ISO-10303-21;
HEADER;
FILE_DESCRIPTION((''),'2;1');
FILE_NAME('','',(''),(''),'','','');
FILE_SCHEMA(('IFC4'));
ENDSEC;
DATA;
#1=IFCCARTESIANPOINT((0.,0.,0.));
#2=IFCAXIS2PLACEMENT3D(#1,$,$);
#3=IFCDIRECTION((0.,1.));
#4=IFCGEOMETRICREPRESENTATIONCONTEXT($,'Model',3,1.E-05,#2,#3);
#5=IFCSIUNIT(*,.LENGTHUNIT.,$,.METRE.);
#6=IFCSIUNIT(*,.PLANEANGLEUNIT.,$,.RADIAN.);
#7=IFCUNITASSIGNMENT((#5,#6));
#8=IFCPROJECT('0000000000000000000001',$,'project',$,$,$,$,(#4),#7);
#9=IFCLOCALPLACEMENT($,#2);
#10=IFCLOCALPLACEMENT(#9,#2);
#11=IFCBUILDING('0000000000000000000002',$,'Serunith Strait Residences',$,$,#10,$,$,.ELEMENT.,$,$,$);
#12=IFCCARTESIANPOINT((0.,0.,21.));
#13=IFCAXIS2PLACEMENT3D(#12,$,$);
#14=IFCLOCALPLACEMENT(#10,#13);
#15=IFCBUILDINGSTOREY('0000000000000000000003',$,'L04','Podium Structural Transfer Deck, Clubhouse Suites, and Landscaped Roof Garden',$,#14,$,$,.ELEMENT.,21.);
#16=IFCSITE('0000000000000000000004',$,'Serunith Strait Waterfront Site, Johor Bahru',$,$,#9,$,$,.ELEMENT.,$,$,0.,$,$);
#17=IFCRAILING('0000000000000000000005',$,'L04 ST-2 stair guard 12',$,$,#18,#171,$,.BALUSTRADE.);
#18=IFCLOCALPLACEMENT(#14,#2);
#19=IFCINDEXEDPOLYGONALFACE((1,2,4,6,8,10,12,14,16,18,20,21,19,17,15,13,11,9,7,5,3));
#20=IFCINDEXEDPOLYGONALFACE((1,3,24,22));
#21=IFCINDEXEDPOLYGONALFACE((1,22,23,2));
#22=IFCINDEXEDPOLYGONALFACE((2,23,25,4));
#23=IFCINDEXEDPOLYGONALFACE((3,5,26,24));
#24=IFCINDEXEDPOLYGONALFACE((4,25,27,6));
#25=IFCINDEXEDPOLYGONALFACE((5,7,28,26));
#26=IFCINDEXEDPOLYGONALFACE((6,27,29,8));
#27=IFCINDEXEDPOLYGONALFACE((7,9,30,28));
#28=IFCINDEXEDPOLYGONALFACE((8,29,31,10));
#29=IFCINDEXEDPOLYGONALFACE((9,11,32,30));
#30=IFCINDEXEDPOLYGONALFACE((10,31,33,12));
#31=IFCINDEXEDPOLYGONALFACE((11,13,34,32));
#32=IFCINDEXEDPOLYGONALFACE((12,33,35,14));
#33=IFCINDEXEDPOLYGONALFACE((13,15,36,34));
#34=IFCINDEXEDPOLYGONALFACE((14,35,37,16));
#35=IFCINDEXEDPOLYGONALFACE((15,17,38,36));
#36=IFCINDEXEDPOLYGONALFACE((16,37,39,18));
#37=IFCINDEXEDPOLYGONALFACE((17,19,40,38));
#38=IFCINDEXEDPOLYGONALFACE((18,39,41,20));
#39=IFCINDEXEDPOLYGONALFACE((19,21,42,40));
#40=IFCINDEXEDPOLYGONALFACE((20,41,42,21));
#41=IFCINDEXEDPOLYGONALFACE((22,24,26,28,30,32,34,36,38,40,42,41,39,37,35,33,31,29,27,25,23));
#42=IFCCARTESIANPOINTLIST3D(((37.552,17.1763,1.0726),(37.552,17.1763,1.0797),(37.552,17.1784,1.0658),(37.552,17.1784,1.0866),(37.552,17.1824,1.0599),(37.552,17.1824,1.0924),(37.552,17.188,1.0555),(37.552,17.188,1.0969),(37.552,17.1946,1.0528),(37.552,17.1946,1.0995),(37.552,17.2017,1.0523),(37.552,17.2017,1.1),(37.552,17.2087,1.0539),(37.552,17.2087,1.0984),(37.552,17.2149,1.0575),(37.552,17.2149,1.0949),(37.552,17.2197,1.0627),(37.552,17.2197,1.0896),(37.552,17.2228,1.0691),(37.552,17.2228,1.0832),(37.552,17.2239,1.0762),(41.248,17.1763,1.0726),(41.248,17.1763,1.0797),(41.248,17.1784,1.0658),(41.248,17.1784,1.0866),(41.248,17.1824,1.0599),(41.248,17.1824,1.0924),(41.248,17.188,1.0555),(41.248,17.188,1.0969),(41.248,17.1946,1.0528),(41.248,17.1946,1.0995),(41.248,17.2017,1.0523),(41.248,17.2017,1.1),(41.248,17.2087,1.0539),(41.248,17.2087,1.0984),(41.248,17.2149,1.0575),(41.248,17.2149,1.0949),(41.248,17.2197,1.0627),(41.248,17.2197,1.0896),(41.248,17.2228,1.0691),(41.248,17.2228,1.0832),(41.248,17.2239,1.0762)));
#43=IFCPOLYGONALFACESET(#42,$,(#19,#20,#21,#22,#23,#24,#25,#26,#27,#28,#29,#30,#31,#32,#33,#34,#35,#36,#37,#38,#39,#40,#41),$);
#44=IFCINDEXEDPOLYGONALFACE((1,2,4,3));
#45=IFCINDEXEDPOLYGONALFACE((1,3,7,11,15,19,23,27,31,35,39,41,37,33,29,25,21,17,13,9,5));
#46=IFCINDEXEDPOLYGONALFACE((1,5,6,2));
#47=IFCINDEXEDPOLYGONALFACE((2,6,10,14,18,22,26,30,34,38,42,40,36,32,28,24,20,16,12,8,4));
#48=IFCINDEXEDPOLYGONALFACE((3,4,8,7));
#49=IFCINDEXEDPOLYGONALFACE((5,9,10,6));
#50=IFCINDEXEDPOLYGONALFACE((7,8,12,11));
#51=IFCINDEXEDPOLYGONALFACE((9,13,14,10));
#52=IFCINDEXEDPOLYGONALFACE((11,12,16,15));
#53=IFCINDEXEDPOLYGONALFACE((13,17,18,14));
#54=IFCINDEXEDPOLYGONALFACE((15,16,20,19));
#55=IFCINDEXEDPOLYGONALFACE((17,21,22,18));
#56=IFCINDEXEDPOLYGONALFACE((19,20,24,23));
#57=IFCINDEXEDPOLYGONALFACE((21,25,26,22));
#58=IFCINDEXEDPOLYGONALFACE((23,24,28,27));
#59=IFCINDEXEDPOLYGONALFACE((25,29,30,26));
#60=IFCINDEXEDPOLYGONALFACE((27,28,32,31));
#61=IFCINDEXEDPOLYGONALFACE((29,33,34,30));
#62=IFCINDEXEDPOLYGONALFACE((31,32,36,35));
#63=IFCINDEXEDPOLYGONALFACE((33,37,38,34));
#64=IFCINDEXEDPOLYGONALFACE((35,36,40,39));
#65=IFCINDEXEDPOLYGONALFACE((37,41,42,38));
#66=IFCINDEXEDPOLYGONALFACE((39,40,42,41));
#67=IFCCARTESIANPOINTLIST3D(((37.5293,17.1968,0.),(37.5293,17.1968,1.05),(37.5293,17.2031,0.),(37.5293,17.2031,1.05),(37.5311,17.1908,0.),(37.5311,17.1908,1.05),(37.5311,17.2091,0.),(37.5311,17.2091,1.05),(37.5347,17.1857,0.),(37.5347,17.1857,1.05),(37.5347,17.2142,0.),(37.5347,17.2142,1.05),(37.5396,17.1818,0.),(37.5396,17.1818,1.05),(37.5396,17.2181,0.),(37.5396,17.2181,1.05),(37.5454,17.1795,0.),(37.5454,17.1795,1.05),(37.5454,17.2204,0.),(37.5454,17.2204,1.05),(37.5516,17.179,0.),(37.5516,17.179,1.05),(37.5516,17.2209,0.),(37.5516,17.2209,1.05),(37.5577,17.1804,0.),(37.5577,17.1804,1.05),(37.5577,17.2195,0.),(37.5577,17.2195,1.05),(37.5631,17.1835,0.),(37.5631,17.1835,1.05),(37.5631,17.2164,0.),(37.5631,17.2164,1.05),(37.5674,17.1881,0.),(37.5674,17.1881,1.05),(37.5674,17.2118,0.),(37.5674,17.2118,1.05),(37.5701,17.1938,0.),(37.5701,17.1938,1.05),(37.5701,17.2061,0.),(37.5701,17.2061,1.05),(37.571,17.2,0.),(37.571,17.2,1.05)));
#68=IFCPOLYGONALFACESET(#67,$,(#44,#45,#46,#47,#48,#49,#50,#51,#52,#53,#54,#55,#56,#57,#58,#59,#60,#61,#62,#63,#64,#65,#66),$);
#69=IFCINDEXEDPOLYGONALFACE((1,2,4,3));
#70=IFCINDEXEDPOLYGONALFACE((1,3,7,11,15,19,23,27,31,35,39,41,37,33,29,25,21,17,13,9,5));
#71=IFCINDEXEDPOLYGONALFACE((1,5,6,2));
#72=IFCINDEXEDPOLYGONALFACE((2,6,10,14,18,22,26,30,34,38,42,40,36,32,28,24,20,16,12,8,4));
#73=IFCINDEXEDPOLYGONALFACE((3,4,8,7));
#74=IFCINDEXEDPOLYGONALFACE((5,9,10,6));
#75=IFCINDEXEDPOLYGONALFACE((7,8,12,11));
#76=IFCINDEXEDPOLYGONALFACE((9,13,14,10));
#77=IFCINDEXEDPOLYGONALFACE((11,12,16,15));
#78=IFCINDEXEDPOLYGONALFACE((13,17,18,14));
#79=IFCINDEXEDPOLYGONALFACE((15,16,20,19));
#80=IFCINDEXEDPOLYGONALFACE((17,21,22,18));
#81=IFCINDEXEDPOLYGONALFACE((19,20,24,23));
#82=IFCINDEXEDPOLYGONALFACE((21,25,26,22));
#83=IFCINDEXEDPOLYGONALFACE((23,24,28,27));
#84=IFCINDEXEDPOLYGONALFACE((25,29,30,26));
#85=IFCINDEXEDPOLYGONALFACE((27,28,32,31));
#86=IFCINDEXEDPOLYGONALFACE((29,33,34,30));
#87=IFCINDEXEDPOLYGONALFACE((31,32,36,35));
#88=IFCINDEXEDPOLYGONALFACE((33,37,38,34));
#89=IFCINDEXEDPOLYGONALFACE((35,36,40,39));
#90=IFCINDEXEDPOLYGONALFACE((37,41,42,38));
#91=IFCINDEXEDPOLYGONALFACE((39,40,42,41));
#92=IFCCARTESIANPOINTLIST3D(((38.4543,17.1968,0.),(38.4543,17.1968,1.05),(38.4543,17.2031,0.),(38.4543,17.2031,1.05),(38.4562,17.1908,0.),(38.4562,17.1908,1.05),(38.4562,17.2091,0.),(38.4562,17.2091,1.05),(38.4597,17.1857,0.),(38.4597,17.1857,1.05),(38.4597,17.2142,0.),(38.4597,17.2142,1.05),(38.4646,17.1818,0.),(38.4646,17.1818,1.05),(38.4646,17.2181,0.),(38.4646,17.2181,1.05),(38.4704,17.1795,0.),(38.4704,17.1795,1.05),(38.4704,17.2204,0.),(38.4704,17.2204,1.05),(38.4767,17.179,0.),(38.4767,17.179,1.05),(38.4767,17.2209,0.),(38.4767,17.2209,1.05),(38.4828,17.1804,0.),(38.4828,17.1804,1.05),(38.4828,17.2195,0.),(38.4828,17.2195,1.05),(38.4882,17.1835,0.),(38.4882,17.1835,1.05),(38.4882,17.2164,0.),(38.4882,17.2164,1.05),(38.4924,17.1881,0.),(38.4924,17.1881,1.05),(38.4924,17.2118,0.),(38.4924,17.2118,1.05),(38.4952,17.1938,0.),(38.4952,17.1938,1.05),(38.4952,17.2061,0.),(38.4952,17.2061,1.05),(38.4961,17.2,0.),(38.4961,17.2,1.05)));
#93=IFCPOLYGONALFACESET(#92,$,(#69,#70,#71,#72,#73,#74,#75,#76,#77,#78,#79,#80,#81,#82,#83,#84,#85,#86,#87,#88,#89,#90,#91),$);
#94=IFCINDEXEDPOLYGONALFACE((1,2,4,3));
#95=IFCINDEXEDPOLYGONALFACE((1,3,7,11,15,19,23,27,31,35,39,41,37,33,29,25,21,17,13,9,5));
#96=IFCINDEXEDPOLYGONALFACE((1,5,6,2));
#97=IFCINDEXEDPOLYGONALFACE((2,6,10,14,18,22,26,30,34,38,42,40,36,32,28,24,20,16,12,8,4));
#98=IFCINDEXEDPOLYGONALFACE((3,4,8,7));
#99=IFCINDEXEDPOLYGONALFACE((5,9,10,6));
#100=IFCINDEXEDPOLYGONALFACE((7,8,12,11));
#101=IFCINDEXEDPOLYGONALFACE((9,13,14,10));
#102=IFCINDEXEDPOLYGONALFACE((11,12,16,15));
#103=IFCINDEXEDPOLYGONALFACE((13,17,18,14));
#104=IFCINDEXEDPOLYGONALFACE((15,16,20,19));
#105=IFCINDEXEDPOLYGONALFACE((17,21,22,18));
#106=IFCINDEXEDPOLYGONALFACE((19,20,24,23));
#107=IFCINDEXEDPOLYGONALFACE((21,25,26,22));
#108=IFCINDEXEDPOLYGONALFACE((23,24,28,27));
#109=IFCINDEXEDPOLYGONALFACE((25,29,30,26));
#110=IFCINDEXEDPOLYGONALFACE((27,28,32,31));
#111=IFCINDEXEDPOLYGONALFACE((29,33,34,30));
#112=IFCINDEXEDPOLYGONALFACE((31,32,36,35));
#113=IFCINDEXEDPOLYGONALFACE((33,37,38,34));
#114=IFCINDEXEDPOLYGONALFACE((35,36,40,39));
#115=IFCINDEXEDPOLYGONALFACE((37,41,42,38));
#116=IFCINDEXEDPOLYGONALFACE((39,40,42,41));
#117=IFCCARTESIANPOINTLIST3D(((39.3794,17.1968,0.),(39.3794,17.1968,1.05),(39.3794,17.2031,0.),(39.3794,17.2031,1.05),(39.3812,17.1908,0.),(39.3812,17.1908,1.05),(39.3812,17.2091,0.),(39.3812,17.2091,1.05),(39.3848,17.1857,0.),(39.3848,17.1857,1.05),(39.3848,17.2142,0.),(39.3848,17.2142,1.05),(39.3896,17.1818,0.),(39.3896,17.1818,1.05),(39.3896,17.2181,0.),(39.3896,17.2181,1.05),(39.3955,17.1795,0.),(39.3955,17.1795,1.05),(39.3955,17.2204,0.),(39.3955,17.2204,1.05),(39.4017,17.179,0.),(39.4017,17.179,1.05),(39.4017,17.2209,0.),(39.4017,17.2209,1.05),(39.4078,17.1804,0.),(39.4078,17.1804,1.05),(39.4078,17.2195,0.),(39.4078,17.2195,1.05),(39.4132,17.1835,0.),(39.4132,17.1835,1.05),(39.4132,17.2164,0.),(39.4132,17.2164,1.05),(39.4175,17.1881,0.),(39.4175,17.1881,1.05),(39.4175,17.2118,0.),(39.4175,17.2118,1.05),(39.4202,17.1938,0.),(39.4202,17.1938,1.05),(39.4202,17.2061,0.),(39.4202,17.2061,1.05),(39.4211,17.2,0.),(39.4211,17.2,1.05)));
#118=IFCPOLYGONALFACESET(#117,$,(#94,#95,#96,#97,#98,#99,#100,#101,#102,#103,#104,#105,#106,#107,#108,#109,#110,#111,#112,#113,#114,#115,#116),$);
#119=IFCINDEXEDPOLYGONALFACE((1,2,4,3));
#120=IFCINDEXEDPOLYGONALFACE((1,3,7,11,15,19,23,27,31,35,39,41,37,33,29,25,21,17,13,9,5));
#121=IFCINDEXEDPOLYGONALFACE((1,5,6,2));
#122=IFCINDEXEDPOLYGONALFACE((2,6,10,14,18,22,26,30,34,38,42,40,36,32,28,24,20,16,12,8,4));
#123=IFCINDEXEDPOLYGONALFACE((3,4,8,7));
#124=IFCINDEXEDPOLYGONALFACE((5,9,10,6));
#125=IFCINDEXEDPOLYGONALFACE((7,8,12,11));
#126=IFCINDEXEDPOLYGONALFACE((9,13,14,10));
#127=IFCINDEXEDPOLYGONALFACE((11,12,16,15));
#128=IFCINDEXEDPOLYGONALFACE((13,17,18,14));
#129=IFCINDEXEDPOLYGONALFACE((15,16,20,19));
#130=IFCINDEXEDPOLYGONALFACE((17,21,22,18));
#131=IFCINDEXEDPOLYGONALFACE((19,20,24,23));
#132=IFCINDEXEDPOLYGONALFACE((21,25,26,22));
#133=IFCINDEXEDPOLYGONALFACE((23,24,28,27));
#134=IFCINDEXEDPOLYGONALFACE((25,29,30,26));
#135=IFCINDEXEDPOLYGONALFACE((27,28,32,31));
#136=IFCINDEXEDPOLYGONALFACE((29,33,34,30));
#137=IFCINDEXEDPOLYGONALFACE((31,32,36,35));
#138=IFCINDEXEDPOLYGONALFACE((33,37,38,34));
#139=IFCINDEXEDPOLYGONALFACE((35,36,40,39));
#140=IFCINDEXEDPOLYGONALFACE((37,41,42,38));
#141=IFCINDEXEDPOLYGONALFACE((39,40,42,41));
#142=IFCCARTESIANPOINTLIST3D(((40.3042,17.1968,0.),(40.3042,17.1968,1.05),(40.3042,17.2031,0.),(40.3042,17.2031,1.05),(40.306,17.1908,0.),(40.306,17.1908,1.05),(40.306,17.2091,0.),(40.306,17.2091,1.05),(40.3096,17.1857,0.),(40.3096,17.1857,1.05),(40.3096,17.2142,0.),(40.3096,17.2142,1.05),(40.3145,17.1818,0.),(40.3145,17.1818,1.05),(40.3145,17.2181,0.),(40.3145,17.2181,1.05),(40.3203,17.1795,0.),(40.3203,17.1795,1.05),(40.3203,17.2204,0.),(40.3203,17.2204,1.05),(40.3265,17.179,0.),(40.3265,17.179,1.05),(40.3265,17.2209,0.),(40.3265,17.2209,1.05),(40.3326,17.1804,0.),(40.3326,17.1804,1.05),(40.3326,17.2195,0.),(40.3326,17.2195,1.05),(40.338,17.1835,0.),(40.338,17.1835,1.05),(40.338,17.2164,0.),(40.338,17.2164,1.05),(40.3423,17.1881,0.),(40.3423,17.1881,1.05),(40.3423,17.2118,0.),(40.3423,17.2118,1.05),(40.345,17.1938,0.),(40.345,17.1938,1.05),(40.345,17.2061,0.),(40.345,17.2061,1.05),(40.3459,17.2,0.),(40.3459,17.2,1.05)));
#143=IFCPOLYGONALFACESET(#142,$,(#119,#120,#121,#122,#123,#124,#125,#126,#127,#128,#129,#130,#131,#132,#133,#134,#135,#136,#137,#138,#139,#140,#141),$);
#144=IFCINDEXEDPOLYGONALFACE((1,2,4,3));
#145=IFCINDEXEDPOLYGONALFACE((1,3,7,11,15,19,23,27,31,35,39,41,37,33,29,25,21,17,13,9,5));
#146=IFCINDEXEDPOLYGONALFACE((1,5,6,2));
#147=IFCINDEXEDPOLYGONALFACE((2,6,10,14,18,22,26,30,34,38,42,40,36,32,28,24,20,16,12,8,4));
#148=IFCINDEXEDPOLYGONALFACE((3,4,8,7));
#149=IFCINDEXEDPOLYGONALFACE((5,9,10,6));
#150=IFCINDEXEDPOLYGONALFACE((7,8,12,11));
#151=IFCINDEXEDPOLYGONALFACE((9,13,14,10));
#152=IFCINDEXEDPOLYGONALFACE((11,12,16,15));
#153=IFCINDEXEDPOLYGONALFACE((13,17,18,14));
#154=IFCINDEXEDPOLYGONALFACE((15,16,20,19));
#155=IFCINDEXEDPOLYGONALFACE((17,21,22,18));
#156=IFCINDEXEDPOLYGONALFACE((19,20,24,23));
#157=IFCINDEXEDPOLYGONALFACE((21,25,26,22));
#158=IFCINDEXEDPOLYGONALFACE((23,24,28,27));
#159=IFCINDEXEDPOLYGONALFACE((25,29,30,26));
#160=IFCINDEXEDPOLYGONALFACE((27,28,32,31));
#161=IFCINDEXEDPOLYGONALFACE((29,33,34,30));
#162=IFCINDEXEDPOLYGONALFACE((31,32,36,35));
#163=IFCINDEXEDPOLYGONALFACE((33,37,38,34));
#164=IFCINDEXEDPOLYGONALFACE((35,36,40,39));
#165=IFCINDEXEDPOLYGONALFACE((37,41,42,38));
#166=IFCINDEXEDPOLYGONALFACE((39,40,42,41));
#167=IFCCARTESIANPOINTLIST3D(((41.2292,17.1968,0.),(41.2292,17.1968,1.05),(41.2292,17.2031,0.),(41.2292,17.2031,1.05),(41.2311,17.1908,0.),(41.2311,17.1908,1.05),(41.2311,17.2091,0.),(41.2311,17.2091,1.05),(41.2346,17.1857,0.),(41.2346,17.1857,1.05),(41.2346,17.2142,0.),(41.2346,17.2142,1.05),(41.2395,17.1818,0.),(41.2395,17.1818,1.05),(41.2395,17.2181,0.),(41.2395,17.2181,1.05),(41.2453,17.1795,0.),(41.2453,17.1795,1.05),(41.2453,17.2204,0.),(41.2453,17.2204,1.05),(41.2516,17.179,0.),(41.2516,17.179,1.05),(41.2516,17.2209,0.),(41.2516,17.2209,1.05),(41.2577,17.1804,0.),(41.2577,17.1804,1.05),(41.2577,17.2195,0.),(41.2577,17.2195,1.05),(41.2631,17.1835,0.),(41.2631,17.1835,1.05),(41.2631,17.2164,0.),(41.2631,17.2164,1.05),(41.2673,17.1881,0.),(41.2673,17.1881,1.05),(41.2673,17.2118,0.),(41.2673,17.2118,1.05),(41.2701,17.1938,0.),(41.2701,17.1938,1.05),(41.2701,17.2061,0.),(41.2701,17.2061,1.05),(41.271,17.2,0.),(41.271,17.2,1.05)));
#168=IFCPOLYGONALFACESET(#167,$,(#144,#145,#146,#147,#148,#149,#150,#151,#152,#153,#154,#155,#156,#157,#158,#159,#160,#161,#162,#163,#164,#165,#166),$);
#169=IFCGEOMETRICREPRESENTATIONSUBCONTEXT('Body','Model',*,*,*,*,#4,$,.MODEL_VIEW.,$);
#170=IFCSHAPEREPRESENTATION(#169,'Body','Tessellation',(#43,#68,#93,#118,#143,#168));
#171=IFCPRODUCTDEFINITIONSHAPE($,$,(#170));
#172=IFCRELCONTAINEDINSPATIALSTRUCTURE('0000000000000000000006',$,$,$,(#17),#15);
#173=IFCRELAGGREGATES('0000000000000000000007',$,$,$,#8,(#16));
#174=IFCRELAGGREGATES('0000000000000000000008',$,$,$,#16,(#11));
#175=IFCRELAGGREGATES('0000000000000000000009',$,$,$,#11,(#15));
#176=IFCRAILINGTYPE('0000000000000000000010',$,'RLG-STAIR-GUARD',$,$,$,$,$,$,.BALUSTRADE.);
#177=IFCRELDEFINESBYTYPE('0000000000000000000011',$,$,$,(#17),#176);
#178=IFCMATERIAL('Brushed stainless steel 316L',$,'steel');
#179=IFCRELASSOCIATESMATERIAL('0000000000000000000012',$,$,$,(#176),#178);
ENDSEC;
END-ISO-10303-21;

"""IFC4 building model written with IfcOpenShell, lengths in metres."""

from ifc_helpers import new_model, si_unit, direction, frame, origin, origin_2d, place, context, subcontext, project, spatial, circle, extrude, material, type_object, element, save


model = new_model("IFC4")

# Units and contexts
model_context = context("Model", 3, precision=1e-05, world=origin(), true_north=direction((0.0, 1.0)))
body_context = subcontext(model_context, "Body", "Model", "MODEL_VIEW")
ifc_project = project(units=[si_unit("LENGTHUNIT", "METRE"), si_unit("PLANEANGLEUNIT", "RADIAN")], contexts=[model_context])

# Site, building, storey
site_placement = place(None, origin())
site = spatial("IfcSite", under=ifc_project, at=site_placement, Name="Serunith Strait Waterfront Site, Johor Bahru", CompositionType="ELEMENT", RefElevation=0.0)
building_placement = place(site_placement, origin())
building = spatial("IfcBuilding", under=site, at=building_placement, Name="Serunith Strait Residences", CompositionType="ELEMENT")
storey_placement = place(building_placement, frame((0.0, 0.0, 21.0)))
storey = spatial("IfcBuildingStorey", under=building, at=storey_placement, Name="L04", Description="Podium Structural Transfer Deck, Clubhouse Suites, and Landscaped Roof Garden", CompositionType="ELEMENT", Elevation=21.0)

# Railing
ifc_material_1 = material(Name="Brushed stainless steel 316L", Category="steel")
railing_type_1 = type_object("IfcRailingType", Name="RLG-STAIR-GUARD", PredefinedType="BALUSTRADE", material=ifc_material_1)
railing_1_placement = place(storey_placement, frame((37.55, 17.2, 0.0)))
element("IfcRailing", 1, at=railing_1_placement, inside=storey, type_object=railing_type_1, Name="L04 ST-2 stair guard 12", PredefinedType="BALUSTRADE", context=body_context, shape_type="SweptSolid", body=[
    extrude(circle(Radius=0.0239, at=origin_2d()), frame((0.002, 0.0, 1.0762), z_axis=(1.0, 0.0, 0.0), x_axis=(0.0, 1.0, 0.0)), (0.0, 0.0, 1.0), 3.696),
    extrude(circle(Radius=0.021, at=origin_2d()), origin(), (0.0, 0.0, 1.0), 1.05),
    extrude(circle(Radius=0.021, at=origin_2d()), frame((0.925, 0.0, 0.0)), (0.0, 0.0, 1.0), 1.05),
    extrude(circle(Radius=0.021, at=origin_2d()), frame((1.8501, 0.0, 0.0)), (0.0, 0.0, 1.0), 1.05),
    extrude(circle(Radius=0.021, at=origin_2d()), frame((2.7749, 0.0, 0.0)), (0.0, 0.0, 1.0), 1.05),
    extrude(circle(Radius=0.021, at=origin_2d()), frame((3.7, 0.0, 0.0)), (0.0, 0.0, 1.0), 1.05),
])

save(model, "model.ifc")
